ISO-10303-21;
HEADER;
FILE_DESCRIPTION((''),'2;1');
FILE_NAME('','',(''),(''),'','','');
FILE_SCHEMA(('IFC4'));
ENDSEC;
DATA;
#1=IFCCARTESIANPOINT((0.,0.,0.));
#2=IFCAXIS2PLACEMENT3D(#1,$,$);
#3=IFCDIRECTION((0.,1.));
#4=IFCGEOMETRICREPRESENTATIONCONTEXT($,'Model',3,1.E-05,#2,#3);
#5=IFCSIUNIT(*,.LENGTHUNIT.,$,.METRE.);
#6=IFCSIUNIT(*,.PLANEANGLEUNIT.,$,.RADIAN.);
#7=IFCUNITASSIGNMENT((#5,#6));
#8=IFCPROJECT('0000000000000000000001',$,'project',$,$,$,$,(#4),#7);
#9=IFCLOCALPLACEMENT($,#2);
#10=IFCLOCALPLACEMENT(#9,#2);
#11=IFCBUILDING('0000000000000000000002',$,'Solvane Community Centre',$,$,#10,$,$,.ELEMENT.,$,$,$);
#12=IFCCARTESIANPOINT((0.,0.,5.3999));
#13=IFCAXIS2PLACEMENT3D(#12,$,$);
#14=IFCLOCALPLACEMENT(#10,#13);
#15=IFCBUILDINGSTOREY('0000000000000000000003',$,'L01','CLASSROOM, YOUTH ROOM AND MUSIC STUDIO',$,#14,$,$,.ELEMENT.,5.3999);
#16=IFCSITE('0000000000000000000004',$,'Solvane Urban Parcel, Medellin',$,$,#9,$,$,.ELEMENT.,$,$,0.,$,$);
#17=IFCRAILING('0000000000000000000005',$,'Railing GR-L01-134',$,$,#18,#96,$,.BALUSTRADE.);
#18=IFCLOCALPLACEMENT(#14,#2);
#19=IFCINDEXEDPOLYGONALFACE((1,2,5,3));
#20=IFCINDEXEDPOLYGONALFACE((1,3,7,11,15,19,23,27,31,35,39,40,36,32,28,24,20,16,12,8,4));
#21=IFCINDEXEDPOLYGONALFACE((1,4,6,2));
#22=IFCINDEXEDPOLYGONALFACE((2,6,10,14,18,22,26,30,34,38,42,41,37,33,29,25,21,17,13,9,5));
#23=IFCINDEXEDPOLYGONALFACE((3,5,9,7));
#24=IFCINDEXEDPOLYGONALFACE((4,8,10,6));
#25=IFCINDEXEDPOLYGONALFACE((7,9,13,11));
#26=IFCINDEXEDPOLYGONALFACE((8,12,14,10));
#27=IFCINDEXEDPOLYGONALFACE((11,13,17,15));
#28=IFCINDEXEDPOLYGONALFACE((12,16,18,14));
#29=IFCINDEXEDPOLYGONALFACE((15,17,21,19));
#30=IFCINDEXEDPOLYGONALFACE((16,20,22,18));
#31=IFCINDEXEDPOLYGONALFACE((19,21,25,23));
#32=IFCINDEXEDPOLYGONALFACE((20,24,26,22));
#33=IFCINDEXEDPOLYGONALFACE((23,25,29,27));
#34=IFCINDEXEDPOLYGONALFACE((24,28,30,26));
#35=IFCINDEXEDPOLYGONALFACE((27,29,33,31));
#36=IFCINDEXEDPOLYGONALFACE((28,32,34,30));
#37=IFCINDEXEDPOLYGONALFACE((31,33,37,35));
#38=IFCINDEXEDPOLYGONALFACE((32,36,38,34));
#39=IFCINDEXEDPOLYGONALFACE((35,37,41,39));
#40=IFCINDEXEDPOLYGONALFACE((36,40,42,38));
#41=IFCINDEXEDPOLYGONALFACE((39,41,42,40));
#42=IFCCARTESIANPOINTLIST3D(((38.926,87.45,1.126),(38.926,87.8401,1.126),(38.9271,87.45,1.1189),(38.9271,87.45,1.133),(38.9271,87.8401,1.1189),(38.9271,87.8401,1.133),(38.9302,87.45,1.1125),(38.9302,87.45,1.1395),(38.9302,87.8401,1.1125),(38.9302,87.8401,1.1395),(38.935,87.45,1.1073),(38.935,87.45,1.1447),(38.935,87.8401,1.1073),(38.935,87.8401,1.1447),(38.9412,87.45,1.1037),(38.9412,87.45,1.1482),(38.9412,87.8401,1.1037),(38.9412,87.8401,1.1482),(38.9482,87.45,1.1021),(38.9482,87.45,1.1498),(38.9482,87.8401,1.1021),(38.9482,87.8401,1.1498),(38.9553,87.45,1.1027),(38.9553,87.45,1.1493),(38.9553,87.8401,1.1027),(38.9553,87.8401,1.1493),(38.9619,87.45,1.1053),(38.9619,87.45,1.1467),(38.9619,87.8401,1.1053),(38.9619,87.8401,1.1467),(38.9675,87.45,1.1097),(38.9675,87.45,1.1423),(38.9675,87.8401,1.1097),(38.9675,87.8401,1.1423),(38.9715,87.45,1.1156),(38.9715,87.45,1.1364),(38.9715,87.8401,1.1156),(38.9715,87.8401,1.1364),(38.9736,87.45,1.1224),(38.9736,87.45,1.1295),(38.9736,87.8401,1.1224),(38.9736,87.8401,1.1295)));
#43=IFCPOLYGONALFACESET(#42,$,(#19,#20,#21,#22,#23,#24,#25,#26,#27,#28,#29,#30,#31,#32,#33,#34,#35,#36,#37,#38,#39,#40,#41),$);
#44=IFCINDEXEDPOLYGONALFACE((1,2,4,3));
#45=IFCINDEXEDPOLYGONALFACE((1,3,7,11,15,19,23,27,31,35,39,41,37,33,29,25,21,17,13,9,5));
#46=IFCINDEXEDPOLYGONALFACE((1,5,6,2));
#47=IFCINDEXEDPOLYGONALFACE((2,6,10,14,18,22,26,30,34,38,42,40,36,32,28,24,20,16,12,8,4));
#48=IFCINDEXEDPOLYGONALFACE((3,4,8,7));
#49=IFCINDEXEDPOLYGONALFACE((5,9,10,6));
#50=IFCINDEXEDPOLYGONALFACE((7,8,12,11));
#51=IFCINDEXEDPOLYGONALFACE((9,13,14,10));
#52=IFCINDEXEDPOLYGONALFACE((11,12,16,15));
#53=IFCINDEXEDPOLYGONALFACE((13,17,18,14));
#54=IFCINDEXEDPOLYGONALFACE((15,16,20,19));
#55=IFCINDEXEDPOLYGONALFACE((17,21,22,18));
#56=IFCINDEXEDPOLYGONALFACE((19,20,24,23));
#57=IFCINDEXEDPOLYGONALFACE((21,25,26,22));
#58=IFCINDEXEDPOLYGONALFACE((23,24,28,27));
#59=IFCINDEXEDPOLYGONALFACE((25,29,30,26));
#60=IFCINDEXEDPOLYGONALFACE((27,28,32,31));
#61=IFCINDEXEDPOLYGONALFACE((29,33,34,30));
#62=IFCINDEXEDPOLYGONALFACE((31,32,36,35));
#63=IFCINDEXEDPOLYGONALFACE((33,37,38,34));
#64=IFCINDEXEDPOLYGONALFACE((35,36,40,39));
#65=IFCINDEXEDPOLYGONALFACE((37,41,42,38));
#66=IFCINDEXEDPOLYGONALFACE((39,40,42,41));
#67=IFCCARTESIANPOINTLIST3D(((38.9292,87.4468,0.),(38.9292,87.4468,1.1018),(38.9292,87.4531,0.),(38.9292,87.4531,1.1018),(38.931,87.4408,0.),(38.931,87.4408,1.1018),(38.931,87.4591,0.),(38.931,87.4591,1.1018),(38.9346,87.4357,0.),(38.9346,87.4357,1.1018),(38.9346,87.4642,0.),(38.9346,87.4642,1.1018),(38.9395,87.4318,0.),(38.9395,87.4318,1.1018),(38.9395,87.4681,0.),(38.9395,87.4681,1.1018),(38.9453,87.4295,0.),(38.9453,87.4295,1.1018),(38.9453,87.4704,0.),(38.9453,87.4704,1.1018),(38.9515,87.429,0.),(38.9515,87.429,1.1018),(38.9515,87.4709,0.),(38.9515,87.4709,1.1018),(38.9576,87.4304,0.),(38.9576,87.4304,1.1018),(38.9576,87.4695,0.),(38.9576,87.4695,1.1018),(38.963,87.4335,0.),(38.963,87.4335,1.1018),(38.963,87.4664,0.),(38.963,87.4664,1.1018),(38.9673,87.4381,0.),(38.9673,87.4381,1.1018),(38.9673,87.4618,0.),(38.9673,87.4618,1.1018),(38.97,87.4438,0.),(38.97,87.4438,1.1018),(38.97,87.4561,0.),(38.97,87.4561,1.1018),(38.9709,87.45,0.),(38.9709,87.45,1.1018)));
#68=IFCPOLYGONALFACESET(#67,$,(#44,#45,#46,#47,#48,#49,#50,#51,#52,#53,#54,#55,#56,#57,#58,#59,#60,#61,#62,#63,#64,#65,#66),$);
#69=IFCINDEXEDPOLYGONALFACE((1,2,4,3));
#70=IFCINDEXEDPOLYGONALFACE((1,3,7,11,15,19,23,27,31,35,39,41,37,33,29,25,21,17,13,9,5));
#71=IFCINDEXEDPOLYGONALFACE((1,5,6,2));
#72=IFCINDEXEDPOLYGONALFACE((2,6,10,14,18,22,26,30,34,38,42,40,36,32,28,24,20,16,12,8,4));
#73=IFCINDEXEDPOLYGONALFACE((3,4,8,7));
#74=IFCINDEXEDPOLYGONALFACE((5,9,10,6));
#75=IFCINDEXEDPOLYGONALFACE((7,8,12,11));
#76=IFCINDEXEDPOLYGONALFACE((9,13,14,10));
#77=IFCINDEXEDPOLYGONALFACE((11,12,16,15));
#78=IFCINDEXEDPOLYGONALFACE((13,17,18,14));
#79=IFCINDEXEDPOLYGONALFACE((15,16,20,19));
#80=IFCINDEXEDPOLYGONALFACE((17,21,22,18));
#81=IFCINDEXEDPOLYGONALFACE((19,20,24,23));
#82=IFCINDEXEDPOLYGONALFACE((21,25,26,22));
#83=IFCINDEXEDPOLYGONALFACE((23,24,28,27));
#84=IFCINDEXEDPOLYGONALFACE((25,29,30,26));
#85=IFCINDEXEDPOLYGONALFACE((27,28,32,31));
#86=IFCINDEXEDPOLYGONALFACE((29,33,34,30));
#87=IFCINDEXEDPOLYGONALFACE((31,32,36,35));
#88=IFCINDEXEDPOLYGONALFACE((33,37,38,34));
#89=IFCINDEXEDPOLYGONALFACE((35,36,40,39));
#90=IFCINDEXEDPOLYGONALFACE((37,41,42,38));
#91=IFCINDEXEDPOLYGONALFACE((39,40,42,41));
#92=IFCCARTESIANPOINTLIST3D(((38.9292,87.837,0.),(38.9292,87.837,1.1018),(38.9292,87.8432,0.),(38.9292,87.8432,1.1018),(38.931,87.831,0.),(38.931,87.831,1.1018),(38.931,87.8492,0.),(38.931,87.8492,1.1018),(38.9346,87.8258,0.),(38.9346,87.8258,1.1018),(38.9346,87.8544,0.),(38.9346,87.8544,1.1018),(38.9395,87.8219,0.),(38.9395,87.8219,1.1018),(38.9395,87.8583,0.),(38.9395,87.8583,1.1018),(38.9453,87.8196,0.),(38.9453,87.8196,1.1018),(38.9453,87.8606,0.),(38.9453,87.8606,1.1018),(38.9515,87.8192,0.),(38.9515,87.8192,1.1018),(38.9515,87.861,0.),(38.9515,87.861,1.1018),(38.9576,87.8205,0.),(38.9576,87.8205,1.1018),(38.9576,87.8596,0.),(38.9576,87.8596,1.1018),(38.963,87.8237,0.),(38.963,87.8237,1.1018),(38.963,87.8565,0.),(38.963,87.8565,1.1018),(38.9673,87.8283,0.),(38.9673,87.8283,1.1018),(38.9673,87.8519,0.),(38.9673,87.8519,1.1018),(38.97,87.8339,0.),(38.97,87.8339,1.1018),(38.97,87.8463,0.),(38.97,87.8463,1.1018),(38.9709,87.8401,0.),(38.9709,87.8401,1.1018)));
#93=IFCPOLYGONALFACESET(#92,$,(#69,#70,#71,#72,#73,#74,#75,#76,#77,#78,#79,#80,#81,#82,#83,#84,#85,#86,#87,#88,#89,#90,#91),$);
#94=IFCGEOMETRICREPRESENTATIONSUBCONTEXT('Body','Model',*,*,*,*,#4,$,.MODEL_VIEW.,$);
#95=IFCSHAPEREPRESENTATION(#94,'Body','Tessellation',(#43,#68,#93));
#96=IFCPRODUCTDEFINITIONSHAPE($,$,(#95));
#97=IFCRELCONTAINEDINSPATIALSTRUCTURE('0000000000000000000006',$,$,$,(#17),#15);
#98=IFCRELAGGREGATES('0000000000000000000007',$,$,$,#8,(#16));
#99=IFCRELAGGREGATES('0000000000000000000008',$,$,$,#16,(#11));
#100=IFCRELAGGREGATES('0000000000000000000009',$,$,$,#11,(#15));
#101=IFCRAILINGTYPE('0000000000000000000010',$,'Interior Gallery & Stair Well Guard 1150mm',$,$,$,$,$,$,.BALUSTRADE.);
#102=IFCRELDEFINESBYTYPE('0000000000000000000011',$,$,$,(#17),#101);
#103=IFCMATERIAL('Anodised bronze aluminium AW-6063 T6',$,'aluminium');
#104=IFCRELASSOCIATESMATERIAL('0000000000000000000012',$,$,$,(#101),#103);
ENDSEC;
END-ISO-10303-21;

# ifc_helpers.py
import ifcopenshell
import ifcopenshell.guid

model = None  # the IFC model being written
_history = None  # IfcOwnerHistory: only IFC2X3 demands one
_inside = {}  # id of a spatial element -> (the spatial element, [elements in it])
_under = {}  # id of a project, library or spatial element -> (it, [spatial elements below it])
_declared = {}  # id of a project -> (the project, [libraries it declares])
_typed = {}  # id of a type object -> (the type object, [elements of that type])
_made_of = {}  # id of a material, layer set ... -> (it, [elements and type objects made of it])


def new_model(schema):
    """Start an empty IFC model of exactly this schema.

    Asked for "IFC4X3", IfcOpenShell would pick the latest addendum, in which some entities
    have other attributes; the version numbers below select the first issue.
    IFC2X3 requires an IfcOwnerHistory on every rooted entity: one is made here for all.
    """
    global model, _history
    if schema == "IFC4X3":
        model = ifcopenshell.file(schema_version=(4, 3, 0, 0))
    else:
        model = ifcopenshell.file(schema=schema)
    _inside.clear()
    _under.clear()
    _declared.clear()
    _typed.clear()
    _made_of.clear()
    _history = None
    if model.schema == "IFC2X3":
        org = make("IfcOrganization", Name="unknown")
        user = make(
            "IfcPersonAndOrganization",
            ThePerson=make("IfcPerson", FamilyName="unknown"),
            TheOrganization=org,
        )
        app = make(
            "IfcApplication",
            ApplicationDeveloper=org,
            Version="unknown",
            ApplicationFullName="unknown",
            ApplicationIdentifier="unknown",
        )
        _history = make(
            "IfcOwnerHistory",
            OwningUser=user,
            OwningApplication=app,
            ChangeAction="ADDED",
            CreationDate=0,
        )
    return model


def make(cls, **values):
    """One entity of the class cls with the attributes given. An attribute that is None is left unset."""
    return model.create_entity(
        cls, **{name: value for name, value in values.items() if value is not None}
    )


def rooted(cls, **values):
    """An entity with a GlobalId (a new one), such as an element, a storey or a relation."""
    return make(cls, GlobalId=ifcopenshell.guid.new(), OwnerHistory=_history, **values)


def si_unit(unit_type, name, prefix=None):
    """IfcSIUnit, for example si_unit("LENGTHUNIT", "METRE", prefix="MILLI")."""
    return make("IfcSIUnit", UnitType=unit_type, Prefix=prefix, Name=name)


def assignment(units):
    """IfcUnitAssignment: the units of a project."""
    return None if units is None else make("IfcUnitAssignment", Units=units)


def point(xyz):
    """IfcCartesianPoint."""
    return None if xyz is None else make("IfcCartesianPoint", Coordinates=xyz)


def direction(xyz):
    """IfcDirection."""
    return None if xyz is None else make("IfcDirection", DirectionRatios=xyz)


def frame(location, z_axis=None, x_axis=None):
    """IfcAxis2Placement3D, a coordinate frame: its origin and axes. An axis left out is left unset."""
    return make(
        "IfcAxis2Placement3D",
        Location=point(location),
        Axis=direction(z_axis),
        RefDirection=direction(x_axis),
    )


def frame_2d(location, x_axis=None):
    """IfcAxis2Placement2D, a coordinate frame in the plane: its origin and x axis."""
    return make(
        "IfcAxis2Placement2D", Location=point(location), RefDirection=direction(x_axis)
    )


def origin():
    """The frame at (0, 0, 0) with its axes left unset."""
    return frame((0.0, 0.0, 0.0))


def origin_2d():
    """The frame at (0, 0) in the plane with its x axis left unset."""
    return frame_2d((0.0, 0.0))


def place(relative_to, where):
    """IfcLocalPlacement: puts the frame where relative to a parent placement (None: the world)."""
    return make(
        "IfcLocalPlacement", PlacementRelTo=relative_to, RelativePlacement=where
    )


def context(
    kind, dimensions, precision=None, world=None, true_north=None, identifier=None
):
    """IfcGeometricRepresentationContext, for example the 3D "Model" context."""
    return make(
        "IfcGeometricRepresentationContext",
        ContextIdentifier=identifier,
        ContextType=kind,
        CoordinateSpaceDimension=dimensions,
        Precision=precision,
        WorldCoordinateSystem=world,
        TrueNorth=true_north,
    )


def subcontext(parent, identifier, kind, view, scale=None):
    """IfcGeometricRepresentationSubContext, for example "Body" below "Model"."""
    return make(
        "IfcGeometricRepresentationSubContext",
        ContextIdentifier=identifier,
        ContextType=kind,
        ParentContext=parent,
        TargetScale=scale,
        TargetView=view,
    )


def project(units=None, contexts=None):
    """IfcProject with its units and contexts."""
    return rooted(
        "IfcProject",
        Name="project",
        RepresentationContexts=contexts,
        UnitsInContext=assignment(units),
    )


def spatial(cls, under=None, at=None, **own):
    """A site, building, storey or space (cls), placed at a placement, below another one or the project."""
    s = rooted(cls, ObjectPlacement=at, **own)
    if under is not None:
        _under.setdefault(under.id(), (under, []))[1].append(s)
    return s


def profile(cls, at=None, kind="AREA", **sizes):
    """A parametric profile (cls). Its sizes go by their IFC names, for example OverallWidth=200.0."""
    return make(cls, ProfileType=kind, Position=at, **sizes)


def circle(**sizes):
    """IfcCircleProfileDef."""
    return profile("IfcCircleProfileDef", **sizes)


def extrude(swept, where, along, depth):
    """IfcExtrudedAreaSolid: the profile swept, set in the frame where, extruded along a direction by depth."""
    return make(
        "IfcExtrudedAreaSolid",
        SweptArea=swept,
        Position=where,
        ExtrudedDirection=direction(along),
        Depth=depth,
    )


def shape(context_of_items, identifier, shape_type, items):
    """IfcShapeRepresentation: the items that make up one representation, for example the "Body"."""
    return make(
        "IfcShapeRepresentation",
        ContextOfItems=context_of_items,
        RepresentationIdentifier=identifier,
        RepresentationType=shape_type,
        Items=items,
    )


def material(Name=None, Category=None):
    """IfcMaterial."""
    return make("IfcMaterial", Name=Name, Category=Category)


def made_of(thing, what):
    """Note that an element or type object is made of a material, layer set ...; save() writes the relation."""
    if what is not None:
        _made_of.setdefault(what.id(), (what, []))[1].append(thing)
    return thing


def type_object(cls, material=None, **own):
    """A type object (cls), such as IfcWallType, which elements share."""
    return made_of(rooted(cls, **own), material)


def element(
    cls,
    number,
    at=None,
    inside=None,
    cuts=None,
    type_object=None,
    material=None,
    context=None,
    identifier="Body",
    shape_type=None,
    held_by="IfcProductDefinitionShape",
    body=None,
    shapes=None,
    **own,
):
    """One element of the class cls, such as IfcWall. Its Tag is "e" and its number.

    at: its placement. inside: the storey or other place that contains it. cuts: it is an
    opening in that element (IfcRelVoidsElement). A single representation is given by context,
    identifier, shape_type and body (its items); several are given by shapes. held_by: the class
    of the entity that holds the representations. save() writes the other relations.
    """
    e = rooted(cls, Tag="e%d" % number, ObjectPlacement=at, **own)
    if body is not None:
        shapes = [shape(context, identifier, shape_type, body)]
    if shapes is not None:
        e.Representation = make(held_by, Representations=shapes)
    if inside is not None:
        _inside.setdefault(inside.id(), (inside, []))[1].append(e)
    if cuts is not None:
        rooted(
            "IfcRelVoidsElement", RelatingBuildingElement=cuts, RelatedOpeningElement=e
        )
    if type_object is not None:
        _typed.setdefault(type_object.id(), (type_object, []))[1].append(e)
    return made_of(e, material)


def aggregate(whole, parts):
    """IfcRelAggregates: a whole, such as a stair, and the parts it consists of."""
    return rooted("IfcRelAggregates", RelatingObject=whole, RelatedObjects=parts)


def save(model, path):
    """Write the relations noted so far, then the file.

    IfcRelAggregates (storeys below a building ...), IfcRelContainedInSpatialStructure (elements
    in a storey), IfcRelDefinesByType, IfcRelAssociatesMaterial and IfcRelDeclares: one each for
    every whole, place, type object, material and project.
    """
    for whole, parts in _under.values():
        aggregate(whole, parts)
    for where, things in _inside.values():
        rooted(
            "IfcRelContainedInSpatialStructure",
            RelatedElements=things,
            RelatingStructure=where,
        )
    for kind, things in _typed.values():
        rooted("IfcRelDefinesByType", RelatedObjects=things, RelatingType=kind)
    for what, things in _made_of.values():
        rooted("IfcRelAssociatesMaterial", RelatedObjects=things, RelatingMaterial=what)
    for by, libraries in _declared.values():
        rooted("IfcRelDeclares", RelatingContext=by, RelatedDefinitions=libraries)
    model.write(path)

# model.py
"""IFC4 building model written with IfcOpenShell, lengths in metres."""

from ifc_helpers import new_model, si_unit, direction, frame, origin, origin_2d, place, context, subcontext, project, spatial, circle, extrude, material, type_object, element, save


model = new_model("IFC4")

# Units and contexts
model_context = context("Model", 3, precision=1e-05, world=origin(), true_north=direction((0.0, 1.0)))
body_context = subcontext(model_context, "Body", "Model", "MODEL_VIEW")
ifc_project = project(units=[si_unit("LENGTHUNIT", "METRE"), si_unit("PLANEANGLEUNIT", "RADIAN")], contexts=[model_context])

# Site, building, storey
site_placement = place(None, origin())
site = spatial("IfcSite", under=ifc_project, at=site_placement, Name="Solvane Urban Parcel, Medellin", CompositionType="ELEMENT", RefElevation=0.0)
building_placement = place(site_placement, origin())
building = spatial("IfcBuilding", under=site, at=building_placement, Name="Solvane Community Centre", CompositionType="ELEMENT")
storey_placement = place(building_placement, frame((0.0, 0.0, 5.3999)))
storey = spatial("IfcBuildingStorey", under=building, at=storey_placement, Name="L01", Description="CLASSROOM, YOUTH ROOM AND MUSIC STUDIO", CompositionType="ELEMENT", Elevation=5.3999)

# Shared definitions
ifc_material_1 = material(Name="Anodised bronze aluminium AW-6063 T6", Category="aluminium")

# Railing
railing_type_1 = type_object("IfcRailingType", Name="Interior Gallery & Stair Well Guard 1150mm", PredefinedType="BALUSTRADE", material=ifc_material_1)
railing_1_placement = place(storey_placement, frame((38.95, 87.45, 0.0)))
element("IfcRailing", 1, at=railing_1_placement, inside=storey, type_object=railing_type_1, Name="Railing GR-L01-134", PredefinedType="BALUSTRADE", context=body_context, shape_type="SweptSolid", body=[
    extrude(circle(Radius=0.0239, at=origin_2d()), frame((0.0, 0.0, 1.126), z_axis=(0.0, 1.0, 0.0), x_axis=(-1.0, 0.0, 0.0)), (0.0, 0.0, 1.0), 0.3901),
    extrude(circle(Radius=0.021, at=origin_2d()), origin(), (0.0, 0.0, 1.0), 1.1018),
    extrude(circle(Radius=0.021, at=origin_2d()), frame((0.0, 0.3901, 0.0)), (0.0, 0.0, 1.0), 1.1018),
])

save(model, "model.ifc")
